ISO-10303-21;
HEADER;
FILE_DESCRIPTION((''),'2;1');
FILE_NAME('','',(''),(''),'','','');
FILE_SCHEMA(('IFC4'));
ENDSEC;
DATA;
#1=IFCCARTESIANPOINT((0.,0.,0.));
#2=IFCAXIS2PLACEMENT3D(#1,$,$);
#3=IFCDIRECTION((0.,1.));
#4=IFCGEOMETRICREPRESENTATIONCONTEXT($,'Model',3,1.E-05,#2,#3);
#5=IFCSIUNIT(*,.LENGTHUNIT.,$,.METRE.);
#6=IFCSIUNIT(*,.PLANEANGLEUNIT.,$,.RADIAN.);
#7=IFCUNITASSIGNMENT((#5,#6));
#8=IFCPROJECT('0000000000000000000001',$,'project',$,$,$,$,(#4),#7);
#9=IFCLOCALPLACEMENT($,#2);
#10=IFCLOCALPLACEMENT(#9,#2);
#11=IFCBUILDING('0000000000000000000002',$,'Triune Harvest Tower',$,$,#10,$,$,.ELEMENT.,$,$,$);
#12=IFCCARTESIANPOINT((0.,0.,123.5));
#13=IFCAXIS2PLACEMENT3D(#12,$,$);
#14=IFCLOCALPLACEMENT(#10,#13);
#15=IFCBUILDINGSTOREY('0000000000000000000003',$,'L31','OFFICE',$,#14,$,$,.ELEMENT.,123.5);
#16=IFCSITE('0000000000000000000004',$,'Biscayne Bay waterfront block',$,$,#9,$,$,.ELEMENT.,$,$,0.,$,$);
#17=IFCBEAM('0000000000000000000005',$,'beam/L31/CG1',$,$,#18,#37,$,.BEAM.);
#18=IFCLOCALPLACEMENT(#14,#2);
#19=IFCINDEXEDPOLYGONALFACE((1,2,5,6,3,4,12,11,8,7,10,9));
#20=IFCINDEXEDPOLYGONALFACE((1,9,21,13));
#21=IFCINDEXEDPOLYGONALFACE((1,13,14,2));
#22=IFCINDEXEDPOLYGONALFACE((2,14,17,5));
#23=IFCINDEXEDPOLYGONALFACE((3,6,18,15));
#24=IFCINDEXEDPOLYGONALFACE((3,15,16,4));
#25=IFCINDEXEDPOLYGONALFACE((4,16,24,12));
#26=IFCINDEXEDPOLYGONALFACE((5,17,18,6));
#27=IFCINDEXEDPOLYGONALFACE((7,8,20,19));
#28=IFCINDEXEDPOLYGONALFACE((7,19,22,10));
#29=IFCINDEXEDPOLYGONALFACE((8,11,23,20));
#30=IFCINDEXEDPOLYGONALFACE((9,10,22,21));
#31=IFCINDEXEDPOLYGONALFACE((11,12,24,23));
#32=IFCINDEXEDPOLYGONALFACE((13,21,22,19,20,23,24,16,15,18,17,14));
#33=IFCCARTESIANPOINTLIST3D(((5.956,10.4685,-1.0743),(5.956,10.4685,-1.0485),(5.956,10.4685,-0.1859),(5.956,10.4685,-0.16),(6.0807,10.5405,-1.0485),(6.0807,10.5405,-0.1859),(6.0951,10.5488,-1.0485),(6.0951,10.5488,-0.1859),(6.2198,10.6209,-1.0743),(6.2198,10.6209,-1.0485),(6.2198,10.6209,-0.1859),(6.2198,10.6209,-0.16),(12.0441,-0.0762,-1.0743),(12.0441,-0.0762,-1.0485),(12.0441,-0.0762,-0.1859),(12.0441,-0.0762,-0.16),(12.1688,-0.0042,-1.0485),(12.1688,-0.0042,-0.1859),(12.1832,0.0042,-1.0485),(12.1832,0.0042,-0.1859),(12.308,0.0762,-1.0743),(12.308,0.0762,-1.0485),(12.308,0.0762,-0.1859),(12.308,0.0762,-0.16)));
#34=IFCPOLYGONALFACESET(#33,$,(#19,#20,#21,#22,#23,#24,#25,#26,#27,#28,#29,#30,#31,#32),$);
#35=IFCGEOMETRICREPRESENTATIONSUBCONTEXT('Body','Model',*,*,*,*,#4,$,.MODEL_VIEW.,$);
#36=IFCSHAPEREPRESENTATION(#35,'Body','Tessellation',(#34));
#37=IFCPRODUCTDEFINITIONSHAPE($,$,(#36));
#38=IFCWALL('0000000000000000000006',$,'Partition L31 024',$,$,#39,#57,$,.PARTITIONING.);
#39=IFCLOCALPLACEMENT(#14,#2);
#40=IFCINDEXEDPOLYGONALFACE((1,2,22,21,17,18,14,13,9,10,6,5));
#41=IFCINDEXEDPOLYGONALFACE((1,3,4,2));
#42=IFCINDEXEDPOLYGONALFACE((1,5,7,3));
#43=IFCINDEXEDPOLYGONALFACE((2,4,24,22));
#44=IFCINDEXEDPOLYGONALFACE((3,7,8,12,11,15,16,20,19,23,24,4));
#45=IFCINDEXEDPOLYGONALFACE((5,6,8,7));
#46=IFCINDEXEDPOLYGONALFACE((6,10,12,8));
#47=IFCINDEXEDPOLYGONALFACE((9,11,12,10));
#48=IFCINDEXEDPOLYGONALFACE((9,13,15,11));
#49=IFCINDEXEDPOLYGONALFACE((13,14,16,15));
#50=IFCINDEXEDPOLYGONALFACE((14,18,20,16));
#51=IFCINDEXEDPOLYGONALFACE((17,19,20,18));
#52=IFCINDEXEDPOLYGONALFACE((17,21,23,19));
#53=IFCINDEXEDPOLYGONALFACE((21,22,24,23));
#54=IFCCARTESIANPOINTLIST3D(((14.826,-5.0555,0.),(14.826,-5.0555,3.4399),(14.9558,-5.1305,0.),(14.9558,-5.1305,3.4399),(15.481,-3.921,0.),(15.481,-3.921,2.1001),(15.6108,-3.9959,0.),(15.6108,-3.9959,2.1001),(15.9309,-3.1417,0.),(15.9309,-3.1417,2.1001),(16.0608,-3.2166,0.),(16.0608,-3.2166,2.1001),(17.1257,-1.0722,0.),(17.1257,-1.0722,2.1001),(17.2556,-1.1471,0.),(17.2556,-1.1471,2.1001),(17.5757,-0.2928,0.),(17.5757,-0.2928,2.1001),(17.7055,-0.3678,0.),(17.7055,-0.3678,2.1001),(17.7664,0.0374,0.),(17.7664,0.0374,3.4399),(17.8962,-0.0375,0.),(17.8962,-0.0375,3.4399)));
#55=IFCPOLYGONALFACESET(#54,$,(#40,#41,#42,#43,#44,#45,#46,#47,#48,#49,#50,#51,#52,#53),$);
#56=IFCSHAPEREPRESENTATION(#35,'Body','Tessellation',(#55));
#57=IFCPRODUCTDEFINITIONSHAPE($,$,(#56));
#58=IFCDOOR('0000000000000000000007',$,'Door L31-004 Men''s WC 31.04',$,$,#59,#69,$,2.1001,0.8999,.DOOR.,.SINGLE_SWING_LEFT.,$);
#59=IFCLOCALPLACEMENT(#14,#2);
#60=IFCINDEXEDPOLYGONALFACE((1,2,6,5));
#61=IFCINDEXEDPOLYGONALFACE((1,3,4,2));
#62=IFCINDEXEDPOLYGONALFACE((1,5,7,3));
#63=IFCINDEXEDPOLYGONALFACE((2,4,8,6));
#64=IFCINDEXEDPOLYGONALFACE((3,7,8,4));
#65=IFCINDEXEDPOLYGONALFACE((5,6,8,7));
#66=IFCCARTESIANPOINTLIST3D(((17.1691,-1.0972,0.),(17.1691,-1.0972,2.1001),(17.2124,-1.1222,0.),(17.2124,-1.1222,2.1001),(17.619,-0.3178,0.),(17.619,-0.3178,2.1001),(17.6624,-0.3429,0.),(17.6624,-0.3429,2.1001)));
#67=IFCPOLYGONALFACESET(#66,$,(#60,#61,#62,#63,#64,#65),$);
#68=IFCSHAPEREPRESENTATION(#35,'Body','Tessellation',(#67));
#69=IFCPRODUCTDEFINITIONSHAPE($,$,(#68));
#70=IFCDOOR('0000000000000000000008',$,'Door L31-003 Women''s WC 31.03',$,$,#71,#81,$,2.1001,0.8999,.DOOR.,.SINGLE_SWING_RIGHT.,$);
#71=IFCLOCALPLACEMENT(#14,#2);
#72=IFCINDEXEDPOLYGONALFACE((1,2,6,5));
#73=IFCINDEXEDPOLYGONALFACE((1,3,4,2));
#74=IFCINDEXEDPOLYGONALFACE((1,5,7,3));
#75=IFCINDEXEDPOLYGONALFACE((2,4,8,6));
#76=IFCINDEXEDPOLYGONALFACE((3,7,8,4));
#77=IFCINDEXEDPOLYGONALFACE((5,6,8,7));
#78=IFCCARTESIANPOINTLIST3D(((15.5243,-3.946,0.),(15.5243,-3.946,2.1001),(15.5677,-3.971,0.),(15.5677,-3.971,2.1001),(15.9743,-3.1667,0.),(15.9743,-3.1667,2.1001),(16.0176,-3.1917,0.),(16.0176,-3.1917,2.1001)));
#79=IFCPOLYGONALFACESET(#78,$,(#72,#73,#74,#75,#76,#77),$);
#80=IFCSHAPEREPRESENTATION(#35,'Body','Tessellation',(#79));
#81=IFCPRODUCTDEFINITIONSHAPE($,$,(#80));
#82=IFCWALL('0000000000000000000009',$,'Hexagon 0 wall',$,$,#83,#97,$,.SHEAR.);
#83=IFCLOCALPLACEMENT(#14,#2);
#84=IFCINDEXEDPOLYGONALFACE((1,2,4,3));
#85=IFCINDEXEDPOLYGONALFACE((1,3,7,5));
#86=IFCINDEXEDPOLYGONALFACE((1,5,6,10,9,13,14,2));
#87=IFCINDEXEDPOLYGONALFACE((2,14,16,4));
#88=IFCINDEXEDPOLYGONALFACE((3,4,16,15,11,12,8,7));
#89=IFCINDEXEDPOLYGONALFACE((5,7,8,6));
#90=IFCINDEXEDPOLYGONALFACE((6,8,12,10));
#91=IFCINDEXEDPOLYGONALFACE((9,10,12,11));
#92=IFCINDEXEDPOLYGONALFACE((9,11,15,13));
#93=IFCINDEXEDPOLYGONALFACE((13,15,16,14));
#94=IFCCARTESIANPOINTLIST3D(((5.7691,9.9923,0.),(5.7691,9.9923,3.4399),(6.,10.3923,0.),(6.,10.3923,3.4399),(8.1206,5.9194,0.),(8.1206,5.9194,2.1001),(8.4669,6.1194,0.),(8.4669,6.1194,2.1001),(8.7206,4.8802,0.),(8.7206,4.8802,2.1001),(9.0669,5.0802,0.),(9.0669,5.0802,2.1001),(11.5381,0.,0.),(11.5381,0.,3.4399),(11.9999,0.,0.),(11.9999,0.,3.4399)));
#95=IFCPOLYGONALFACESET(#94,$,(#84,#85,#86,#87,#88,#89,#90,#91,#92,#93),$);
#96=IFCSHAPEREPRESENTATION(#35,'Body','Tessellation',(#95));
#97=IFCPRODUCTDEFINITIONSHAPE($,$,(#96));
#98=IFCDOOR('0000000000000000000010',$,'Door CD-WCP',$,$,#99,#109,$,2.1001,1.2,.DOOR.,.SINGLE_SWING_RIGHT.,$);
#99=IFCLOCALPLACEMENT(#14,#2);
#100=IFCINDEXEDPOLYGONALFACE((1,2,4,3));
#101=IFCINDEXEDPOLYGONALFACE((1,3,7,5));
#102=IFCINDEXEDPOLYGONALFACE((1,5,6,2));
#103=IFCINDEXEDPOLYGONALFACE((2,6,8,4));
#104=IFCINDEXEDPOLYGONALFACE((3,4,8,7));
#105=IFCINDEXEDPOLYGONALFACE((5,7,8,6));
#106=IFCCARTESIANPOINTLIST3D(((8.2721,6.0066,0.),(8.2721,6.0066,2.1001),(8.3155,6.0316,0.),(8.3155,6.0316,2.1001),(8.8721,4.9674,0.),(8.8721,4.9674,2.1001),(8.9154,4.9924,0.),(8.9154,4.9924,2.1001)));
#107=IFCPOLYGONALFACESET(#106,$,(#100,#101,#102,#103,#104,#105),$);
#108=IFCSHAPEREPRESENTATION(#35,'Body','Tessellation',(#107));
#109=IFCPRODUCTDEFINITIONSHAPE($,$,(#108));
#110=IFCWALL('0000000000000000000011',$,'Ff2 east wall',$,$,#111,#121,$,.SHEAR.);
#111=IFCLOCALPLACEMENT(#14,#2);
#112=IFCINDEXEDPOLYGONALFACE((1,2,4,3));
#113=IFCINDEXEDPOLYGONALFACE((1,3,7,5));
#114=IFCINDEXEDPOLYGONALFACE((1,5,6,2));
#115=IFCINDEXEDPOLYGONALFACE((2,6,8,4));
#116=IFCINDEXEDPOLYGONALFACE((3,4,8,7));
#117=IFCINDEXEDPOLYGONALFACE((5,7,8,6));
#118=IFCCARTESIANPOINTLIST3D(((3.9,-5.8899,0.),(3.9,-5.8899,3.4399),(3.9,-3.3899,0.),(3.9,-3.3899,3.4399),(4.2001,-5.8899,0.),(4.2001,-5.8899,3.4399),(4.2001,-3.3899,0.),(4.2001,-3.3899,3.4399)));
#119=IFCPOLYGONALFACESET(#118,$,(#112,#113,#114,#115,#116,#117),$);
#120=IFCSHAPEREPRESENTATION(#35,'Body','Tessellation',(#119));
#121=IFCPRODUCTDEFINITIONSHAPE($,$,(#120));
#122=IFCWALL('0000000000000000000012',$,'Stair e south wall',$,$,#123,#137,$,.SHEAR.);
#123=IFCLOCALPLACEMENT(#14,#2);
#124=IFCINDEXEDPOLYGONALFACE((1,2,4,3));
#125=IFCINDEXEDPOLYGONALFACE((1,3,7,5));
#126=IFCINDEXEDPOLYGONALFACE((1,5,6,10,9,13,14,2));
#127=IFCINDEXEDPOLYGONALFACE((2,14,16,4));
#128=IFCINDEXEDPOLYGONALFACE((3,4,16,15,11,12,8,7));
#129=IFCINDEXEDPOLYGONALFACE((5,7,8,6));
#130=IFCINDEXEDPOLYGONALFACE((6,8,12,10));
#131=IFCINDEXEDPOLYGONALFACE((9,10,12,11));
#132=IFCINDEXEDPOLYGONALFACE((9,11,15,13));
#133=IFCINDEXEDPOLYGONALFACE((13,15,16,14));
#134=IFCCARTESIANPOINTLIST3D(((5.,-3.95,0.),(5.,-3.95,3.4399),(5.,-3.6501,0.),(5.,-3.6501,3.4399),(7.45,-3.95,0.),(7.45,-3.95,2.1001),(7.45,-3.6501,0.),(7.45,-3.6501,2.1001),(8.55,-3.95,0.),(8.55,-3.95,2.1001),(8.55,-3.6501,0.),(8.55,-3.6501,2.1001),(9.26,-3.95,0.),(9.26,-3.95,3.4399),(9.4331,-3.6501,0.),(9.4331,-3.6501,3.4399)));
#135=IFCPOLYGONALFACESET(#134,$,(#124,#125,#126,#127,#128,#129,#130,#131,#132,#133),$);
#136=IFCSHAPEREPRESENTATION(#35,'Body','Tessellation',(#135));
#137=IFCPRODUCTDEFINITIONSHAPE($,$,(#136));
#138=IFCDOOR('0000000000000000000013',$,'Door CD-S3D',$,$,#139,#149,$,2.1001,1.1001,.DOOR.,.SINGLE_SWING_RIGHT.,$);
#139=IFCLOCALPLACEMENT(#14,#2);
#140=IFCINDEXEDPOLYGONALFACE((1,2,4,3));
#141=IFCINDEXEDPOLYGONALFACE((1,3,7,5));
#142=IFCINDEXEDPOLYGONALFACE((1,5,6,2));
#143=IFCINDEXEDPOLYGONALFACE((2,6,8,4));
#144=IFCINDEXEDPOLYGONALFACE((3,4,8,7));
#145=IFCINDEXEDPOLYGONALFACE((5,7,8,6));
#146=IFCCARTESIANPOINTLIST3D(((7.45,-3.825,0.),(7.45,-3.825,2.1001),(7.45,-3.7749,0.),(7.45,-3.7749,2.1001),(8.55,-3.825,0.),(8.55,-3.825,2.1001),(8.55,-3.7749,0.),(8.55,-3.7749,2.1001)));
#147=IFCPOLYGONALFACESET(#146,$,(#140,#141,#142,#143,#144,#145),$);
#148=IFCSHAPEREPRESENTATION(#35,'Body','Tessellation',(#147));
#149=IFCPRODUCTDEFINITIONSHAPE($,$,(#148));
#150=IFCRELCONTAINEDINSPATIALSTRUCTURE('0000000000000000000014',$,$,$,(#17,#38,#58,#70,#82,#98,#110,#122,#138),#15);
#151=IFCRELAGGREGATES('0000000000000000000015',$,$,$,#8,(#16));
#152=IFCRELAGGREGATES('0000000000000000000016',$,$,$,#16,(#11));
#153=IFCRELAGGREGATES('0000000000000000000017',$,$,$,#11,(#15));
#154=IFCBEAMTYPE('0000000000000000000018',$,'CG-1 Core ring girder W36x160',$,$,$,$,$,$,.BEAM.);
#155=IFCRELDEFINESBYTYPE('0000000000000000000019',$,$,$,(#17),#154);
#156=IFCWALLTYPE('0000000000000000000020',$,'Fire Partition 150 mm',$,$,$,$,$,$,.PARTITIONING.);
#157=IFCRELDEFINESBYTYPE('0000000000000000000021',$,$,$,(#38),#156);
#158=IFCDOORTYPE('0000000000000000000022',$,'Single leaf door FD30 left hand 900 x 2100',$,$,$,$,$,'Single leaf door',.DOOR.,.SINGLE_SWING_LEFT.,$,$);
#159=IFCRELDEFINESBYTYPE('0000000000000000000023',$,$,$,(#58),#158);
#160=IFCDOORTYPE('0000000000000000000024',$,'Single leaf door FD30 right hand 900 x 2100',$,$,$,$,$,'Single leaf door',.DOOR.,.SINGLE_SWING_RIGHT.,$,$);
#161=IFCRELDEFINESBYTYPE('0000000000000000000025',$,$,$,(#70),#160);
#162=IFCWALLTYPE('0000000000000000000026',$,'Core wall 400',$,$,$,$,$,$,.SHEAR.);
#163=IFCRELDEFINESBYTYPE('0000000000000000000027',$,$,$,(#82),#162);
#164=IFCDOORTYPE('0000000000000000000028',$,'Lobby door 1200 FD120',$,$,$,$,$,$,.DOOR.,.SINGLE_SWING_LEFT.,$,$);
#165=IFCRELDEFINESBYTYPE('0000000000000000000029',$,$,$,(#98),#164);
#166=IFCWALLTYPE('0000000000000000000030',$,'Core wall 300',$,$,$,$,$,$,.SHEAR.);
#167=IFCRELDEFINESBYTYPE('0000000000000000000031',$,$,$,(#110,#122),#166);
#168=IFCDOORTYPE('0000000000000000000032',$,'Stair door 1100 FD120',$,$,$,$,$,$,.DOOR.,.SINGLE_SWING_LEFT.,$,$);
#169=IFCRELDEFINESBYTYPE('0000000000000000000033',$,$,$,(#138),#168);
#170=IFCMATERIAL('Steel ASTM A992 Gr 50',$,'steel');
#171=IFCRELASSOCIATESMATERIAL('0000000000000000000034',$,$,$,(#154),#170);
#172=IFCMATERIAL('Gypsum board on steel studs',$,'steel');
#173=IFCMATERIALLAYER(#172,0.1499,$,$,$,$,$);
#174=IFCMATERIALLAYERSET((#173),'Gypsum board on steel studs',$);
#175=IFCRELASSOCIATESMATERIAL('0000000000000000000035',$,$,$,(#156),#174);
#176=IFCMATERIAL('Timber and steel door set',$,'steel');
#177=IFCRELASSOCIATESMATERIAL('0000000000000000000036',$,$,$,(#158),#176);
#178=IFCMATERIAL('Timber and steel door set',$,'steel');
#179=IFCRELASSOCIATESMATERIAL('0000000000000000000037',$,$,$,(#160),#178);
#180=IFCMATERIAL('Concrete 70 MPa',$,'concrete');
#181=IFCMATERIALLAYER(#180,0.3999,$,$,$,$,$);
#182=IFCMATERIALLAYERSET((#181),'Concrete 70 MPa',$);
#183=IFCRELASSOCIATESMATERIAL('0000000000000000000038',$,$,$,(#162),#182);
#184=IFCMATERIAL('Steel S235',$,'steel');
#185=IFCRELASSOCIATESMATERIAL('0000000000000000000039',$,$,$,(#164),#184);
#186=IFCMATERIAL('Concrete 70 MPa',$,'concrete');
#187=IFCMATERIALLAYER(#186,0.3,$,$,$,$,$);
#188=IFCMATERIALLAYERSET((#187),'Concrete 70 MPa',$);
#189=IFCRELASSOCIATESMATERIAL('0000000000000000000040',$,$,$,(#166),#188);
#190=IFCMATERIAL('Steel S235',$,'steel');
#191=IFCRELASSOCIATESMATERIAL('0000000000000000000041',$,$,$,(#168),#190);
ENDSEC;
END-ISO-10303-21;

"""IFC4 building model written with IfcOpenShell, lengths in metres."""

from ifc_helpers import new_model, si_unit, direction, frame, frame_2d, origin, origin_2d, place, context, subcontext, project, spatial, polyline, rectangle, i_section, outline, extrude, source, transform, mapped, material, layer, layer_set, material_profile, profile_set, type_object, element, fill, save


model = new_model("IFC4")

# Units and contexts
model_context = context("Model", 3, precision=1e-05, world=origin(), true_north=direction((0.0, 1.0)))
body_context = subcontext(model_context, "Body", "Model", "MODEL_VIEW")
ifc_project = project(units=[si_unit("LENGTHUNIT", "METRE"), si_unit("PLANEANGLEUNIT", "RADIAN")], contexts=[model_context])

# Site, building, storey
site_placement = place(None, origin())
site = spatial("IfcSite", under=ifc_project, at=site_placement, Name="Biscayne Bay waterfront block", CompositionType="ELEMENT", RefElevation=0.0)
building_placement = place(site_placement, origin())
building = spatial("IfcBuilding", under=site, at=building_placement, Name="Triune Harvest Tower", CompositionType="ELEMENT")
storey_placement = place(building_placement, frame((0.0, 0.0, 123.5)))
storey = spatial("IfcBuildingStorey", under=building, at=storey_placement, Name="L31", Description="OFFICE", CompositionType="ELEMENT", Elevation=123.5)

# Beam
ifc_material_1 = material(Name="Steel ASTM A992 Gr 50", Category="steel")
ifc_material_profile = material_profile(ifc_material_1, i_section(OverallWidth=0.3047, OverallDepth=0.9143, WebThickness=0.0166, FlangeThickness=0.0259, at=origin_2d()), Name="W36x160")
ifc_profile_set = profile_set([ifc_material_profile], Name="Steel ASTM A992 Gr 50")
beam_type = type_object("IfcBeamType", Name="CG-1 Core ring girder W36x160", PredefinedType="BEAM", material=ifc_profile_set)
shared_shape_1 = source(origin(), body_context, "Body", "SweptSolid", [
    extrude(i_section(OverallWidth=0.3047, OverallDepth=0.9143, WebThickness=0.0166, FlangeThickness=0.0259, at=origin_2d()), origin(), (0.0, 0.0, 1.0), 12.176),
])
beam_placement = place(storey_placement, frame((12.176, 0.0, -0.6172), z_axis=(-0.50001, 0.86602, 0.0), x_axis=(-0.86602, -0.50001, 0.0)))
element("IfcBeam", 1, at=beam_placement, inside=storey, type_object=beam_type, Name="beam/L31/CG1", PredefinedType="BEAM", context=body_context, shape_type="MappedRepresentation", body=[
    mapped(shared_shape_1, transform((0.0, 0.0, 0.0), scale=1.0)),
])

# Wall, openings, doors
ifc_material_2 = material(Name="Gypsum board on steel studs", Category="steel")
ifc_layer_1 = layer(ifc_material_2, 0.1499)
ifc_layer_set_1 = layer_set([ifc_layer_1], Name="Gypsum board on steel studs")
wall_type_1 = type_object("IfcWallType", Name="Fire Partition 150 mm", PredefinedType="PARTITIONING", material=ifc_layer_set_1)
wall_1_placement = place(storey_placement, frame((14.8909, -5.093, 0.0), z_axis=(0.0, 0.0, 1.0), x_axis=(0.499997, 0.866027, 0.0)))
wall_1 = element("IfcWall", 2, at=wall_1_placement, inside=storey, type_object=wall_type_1, Name="Partition L31 024", PredefinedType="PARTITIONING", context=body_context, shape_type="SweptSolid", body=[
    extrude(rectangle(XDim=5.8809, YDim=0.1499, at=frame_2d((2.9404, 0.0))), origin(), (0.0, 0.0, 1.0), 3.4399),
])
opening_1_placement = place(wall_1_placement, frame((1.3101, 0.0, 0.0)))
opening_1 = element("IfcOpeningElement", 3, at=opening_1_placement, cuts=wall_1, PredefinedType="OPENING", context=body_context, shape_type="SweptSolid", body=[
    extrude(rectangle(XDim=0.8999, YDim=2.1001, at=frame_2d((0.45, 1.05))), frame((0.0, 0.085, 0.0), z_axis=(0.0, -1.0, 0.0), x_axis=(1.0, 0.0, 0.0)), (0.0, 0.0, 1.0), 0.1699),
])
opening_2_placement = place(wall_1_placement, frame((4.5996, 0.0, 0.0)))
opening_2 = element("IfcOpeningElement", 4, at=opening_2_placement, cuts=wall_1, PredefinedType="OPENING", context=body_context, shape_type="SweptSolid", body=[
    extrude(rectangle(XDim=0.8999, YDim=2.1001, at=frame_2d((0.45, 1.05))), frame((0.0, 0.085, 0.0), z_axis=(0.0, -1.0, 0.0), x_axis=(1.0, 0.0, 0.0)), (0.0, 0.0, 1.0), 0.1699),
])
ifc_material_3 = material(Name="Timber and steel door set", Category="steel")
door_type_1 = type_object("IfcDoorType", Name="Single leaf door FD30 left hand 900 x 2100", ElementType="Single leaf door", OperationType="SINGLE_SWING_LEFT", PredefinedType="DOOR", material=ifc_material_3)
door_1_placement = place(opening_2_placement, origin())
door_1 = element("IfcDoor", 5, at=door_1_placement, inside=storey, type_object=door_type_1, Name="Door L31-004 Men's WC 31.04", OperationType="SINGLE_SWING_LEFT", OverallHeight=2.1001, OverallWidth=0.8999, PredefinedType="DOOR", context=body_context, shape_type="SweptSolid", body=[
    extrude(rectangle(XDim=0.8999, YDim=2.1001, at=frame_2d((0.45, 1.05))), frame((0.0, 0.0249, 0.0), z_axis=(0.0, -1.0, 0.0), x_axis=(1.0, 0.0, 0.0)), (0.0, 0.0, 1.0), 0.05),
])
fill(opening_2, door_1)
ifc_material_4 = material(Name="Timber and steel door set", Category="steel")
door_type_2 = type_object("IfcDoorType", Name="Single leaf door FD30 right hand 900 x 2100", ElementType="Single leaf door", OperationType="SINGLE_SWING_RIGHT", PredefinedType="DOOR", material=ifc_material_4)
door_2_placement = place(opening_1_placement, origin())
door_2 = element("IfcDoor", 6, at=door_2_placement, inside=storey, type_object=door_type_2, Name="Door L31-003 Women's WC 31.03", OperationType="SINGLE_SWING_RIGHT", OverallHeight=2.1001, OverallWidth=0.8999, PredefinedType="DOOR", context=body_context, shape_type="SweptSolid", body=[
    extrude(rectangle(XDim=0.8999, YDim=2.1001, at=frame_2d((0.45, 1.05))), frame((0.0, 0.0249, 0.0), z_axis=(0.0, -1.0, 0.0), x_axis=(1.0, 0.0, 0.0)), (0.0, 0.0, 1.0), 0.05),
])
fill(opening_1, door_2)

# Wall, opening, door
ifc_material_5 = material(Name="Concrete 70 MPa", Category="concrete")
ifc_layer_2 = layer(ifc_material_5, 0.3999)
ifc_layer_set_2 = layer_set([ifc_layer_2], Name="Concrete 70 MPa")
wall_type_2 = type_object("IfcWallType", Name="Core wall 400", PredefinedType="SHEAR", material=ifc_layer_set_2)
shared_shape_2 = source(origin(), body_context, "Body", "SweptSolid", [
    extrude(outline(polyline([(-0.1155, -0.2), (11.8845, -0.2), (11.6536, 0.2), (0.1155, 0.2), (-0.1155, -0.2)])), origin(), (0.0, 0.0, 1.0), 3.4399),
])
wall_2_placement = place(storey_placement, frame((11.769, 0.0, 0.0), z_axis=(0.0, 0.0, 1.0), x_axis=(-0.499997, 0.866027, 0.0)))
wall_2 = element("IfcWall", 7, at=wall_2_placement, inside=storey, type_object=wall_type_2, Name="Hexagon 0 wall", PredefinedType="SHEAR", context=body_context, shape_type="MappedRepresentation", body=[
    mapped(shared_shape_2, transform((0.0, 0.0, 0.0), scale=1.0)),
])
opening_3_placement = place(wall_2_placement, frame((5.7505, 0.0, 0.0)))
opening_3 = element("IfcOpeningElement", 8, at=opening_3_placement, cuts=wall_2, PredefinedType="OPENING", context=body_context, shape_type="SweptSolid", body=[
    extrude(rectangle(XDim=1.2, YDim=2.1001, at=frame_2d((0.6001, 1.05))), frame((0.0, 0.21, 0.0), z_axis=(0.0, -1.0, 0.0), x_axis=(1.0, 0.0, 0.0)), (0.0, 0.0, 1.0), 0.4199),
])
ifc_material_6 = material(Name="Steel S235", Category="steel")
door_type_3 = type_object("IfcDoorType", Name="Lobby door 1200 FD120", OperationType="SINGLE_SWING_LEFT", PredefinedType="DOOR", material=ifc_material_6)
door_3_placement = place(opening_3_placement, frame((1.2, 0.0, 0.0), z_axis=(0.0, 0.0, 1.0), x_axis=(-1.0, 0.0, 0.0)))
door_3 = element("IfcDoor", 9, at=door_3_placement, inside=storey, type_object=door_type_3, Name="Door CD-WCP", OperationType="SINGLE_SWING_RIGHT", OverallHeight=2.1001, OverallWidth=1.2, PredefinedType="DOOR", context=body_context, shape_type="SweptSolid", body=[
    extrude(rectangle(XDim=1.2, YDim=2.1001, at=frame_2d((0.6001, 1.05))), frame((0.0, 0.0249, 0.0), z_axis=(0.0, -1.0, 0.0), x_axis=(1.0, 0.0, 0.0)), (0.0, 0.0, 1.0), 0.05),
])
fill(opening_3, door_3)

# Wall
ifc_material_7 = material(Name="Concrete 70 MPa", Category="concrete")
ifc_layer_3 = layer(ifc_material_7, 0.3)
ifc_layer_set_3 = layer_set([ifc_layer_3], Name="Concrete 70 MPa")
wall_type_3 = type_object("IfcWallType", Name="Core wall 300", PredefinedType="SHEAR", material=ifc_layer_set_3)
shared_shape_3 = source(origin(), body_context, "Body", "SweptSolid", [
    extrude(rectangle(XDim=2.5, YDim=0.3, at=frame_2d((1.25, 0.0))), origin(), (0.0, 0.0, 1.0), 3.4399),
])
wall_3_placement = place(storey_placement, frame((4.05, -5.8899, 0.0), z_axis=(0.0, 0.0, 1.0), x_axis=(0.0, 1.0, 0.0)))
element("IfcWall", 10, at=wall_3_placement, inside=storey, type_object=wall_type_3, Name="Ff2 east wall", PredefinedType="SHEAR", context=body_context, shape_type="MappedRepresentation", body=[
    mapped(shared_shape_3, transform((0.0, 0.0, 0.0), scale=1.0)),
])

# Wall, opening, door
shared_shape_4 = source(origin(), body_context, "Body", "SweptSolid", [
    extrude(outline(polyline([(0.0, -0.1499), (0.0, 0.1499), (4.4331, 0.1499), (4.26, -0.1499), (0.0, -0.1499)])), origin(), (0.0, 0.0, 1.0), 3.4399),
])
wall_4_placement = place(storey_placement, frame((5.0, -3.8, 0.0), z_axis=(0.0, 0.0, 1.0), x_axis=(1.0, 0.0, 0.0)))
wall_4 = element("IfcWall", 11, at=wall_4_placement, inside=storey, type_object=wall_type_3, Name="Stair e south wall", PredefinedType="SHEAR", context=body_context, shape_type="MappedRepresentation", body=[
    mapped(shared_shape_4, transform((0.0, 0.0, 0.0), scale=1.0)),
])
opening_4_placement = place(wall_4_placement, frame((2.45, 0.0, 0.0)))
opening_4 = element("IfcOpeningElement", 12, at=opening_4_placement, cuts=wall_4, PredefinedType="OPENING", context=body_context, shape_type="SweptSolid", body=[
    extrude(rectangle(XDim=1.1001, YDim=2.1001, at=frame_2d((0.55, 1.05))), frame((0.0, 0.1602, 0.0), z_axis=(0.0, -1.0, 0.0), x_axis=(1.0, 0.0, 0.0)), (0.0, 0.0, 1.0), 0.3201),
])
ifc_material_8 = material(Name="Steel S235", Category="steel")
door_type_4 = type_object("IfcDoorType", Name="Stair door 1100 FD120", OperationType="SINGLE_SWING_LEFT", PredefinedType="DOOR", material=ifc_material_8)
door_4_placement = place(opening_4_placement, frame((1.1001, 0.0, 0.0), z_axis=(0.0, 0.0, 1.0), x_axis=(-1.0, 0.0, 0.0)))
door_4 = element("IfcDoor", 13, at=door_4_placement, inside=storey, type_object=door_type_4, Name="Door CD-S3D", OperationType="SINGLE_SWING_RIGHT", OverallHeight=2.1001, OverallWidth=1.1001, PredefinedType="DOOR", context=body_context, shape_type="SweptSolid", body=[
    extrude(rectangle(XDim=1.1001, YDim=2.1001, at=frame_2d((0.55, 1.05))), frame((0.0, 0.0249, 0.0), z_axis=(0.0, -1.0, 0.0), x_axis=(1.0, 0.0, 0.0)), (0.0, 0.0, 1.0), 0.05),
])
fill(opening_4, door_4)

save(model, "model.ifc")
